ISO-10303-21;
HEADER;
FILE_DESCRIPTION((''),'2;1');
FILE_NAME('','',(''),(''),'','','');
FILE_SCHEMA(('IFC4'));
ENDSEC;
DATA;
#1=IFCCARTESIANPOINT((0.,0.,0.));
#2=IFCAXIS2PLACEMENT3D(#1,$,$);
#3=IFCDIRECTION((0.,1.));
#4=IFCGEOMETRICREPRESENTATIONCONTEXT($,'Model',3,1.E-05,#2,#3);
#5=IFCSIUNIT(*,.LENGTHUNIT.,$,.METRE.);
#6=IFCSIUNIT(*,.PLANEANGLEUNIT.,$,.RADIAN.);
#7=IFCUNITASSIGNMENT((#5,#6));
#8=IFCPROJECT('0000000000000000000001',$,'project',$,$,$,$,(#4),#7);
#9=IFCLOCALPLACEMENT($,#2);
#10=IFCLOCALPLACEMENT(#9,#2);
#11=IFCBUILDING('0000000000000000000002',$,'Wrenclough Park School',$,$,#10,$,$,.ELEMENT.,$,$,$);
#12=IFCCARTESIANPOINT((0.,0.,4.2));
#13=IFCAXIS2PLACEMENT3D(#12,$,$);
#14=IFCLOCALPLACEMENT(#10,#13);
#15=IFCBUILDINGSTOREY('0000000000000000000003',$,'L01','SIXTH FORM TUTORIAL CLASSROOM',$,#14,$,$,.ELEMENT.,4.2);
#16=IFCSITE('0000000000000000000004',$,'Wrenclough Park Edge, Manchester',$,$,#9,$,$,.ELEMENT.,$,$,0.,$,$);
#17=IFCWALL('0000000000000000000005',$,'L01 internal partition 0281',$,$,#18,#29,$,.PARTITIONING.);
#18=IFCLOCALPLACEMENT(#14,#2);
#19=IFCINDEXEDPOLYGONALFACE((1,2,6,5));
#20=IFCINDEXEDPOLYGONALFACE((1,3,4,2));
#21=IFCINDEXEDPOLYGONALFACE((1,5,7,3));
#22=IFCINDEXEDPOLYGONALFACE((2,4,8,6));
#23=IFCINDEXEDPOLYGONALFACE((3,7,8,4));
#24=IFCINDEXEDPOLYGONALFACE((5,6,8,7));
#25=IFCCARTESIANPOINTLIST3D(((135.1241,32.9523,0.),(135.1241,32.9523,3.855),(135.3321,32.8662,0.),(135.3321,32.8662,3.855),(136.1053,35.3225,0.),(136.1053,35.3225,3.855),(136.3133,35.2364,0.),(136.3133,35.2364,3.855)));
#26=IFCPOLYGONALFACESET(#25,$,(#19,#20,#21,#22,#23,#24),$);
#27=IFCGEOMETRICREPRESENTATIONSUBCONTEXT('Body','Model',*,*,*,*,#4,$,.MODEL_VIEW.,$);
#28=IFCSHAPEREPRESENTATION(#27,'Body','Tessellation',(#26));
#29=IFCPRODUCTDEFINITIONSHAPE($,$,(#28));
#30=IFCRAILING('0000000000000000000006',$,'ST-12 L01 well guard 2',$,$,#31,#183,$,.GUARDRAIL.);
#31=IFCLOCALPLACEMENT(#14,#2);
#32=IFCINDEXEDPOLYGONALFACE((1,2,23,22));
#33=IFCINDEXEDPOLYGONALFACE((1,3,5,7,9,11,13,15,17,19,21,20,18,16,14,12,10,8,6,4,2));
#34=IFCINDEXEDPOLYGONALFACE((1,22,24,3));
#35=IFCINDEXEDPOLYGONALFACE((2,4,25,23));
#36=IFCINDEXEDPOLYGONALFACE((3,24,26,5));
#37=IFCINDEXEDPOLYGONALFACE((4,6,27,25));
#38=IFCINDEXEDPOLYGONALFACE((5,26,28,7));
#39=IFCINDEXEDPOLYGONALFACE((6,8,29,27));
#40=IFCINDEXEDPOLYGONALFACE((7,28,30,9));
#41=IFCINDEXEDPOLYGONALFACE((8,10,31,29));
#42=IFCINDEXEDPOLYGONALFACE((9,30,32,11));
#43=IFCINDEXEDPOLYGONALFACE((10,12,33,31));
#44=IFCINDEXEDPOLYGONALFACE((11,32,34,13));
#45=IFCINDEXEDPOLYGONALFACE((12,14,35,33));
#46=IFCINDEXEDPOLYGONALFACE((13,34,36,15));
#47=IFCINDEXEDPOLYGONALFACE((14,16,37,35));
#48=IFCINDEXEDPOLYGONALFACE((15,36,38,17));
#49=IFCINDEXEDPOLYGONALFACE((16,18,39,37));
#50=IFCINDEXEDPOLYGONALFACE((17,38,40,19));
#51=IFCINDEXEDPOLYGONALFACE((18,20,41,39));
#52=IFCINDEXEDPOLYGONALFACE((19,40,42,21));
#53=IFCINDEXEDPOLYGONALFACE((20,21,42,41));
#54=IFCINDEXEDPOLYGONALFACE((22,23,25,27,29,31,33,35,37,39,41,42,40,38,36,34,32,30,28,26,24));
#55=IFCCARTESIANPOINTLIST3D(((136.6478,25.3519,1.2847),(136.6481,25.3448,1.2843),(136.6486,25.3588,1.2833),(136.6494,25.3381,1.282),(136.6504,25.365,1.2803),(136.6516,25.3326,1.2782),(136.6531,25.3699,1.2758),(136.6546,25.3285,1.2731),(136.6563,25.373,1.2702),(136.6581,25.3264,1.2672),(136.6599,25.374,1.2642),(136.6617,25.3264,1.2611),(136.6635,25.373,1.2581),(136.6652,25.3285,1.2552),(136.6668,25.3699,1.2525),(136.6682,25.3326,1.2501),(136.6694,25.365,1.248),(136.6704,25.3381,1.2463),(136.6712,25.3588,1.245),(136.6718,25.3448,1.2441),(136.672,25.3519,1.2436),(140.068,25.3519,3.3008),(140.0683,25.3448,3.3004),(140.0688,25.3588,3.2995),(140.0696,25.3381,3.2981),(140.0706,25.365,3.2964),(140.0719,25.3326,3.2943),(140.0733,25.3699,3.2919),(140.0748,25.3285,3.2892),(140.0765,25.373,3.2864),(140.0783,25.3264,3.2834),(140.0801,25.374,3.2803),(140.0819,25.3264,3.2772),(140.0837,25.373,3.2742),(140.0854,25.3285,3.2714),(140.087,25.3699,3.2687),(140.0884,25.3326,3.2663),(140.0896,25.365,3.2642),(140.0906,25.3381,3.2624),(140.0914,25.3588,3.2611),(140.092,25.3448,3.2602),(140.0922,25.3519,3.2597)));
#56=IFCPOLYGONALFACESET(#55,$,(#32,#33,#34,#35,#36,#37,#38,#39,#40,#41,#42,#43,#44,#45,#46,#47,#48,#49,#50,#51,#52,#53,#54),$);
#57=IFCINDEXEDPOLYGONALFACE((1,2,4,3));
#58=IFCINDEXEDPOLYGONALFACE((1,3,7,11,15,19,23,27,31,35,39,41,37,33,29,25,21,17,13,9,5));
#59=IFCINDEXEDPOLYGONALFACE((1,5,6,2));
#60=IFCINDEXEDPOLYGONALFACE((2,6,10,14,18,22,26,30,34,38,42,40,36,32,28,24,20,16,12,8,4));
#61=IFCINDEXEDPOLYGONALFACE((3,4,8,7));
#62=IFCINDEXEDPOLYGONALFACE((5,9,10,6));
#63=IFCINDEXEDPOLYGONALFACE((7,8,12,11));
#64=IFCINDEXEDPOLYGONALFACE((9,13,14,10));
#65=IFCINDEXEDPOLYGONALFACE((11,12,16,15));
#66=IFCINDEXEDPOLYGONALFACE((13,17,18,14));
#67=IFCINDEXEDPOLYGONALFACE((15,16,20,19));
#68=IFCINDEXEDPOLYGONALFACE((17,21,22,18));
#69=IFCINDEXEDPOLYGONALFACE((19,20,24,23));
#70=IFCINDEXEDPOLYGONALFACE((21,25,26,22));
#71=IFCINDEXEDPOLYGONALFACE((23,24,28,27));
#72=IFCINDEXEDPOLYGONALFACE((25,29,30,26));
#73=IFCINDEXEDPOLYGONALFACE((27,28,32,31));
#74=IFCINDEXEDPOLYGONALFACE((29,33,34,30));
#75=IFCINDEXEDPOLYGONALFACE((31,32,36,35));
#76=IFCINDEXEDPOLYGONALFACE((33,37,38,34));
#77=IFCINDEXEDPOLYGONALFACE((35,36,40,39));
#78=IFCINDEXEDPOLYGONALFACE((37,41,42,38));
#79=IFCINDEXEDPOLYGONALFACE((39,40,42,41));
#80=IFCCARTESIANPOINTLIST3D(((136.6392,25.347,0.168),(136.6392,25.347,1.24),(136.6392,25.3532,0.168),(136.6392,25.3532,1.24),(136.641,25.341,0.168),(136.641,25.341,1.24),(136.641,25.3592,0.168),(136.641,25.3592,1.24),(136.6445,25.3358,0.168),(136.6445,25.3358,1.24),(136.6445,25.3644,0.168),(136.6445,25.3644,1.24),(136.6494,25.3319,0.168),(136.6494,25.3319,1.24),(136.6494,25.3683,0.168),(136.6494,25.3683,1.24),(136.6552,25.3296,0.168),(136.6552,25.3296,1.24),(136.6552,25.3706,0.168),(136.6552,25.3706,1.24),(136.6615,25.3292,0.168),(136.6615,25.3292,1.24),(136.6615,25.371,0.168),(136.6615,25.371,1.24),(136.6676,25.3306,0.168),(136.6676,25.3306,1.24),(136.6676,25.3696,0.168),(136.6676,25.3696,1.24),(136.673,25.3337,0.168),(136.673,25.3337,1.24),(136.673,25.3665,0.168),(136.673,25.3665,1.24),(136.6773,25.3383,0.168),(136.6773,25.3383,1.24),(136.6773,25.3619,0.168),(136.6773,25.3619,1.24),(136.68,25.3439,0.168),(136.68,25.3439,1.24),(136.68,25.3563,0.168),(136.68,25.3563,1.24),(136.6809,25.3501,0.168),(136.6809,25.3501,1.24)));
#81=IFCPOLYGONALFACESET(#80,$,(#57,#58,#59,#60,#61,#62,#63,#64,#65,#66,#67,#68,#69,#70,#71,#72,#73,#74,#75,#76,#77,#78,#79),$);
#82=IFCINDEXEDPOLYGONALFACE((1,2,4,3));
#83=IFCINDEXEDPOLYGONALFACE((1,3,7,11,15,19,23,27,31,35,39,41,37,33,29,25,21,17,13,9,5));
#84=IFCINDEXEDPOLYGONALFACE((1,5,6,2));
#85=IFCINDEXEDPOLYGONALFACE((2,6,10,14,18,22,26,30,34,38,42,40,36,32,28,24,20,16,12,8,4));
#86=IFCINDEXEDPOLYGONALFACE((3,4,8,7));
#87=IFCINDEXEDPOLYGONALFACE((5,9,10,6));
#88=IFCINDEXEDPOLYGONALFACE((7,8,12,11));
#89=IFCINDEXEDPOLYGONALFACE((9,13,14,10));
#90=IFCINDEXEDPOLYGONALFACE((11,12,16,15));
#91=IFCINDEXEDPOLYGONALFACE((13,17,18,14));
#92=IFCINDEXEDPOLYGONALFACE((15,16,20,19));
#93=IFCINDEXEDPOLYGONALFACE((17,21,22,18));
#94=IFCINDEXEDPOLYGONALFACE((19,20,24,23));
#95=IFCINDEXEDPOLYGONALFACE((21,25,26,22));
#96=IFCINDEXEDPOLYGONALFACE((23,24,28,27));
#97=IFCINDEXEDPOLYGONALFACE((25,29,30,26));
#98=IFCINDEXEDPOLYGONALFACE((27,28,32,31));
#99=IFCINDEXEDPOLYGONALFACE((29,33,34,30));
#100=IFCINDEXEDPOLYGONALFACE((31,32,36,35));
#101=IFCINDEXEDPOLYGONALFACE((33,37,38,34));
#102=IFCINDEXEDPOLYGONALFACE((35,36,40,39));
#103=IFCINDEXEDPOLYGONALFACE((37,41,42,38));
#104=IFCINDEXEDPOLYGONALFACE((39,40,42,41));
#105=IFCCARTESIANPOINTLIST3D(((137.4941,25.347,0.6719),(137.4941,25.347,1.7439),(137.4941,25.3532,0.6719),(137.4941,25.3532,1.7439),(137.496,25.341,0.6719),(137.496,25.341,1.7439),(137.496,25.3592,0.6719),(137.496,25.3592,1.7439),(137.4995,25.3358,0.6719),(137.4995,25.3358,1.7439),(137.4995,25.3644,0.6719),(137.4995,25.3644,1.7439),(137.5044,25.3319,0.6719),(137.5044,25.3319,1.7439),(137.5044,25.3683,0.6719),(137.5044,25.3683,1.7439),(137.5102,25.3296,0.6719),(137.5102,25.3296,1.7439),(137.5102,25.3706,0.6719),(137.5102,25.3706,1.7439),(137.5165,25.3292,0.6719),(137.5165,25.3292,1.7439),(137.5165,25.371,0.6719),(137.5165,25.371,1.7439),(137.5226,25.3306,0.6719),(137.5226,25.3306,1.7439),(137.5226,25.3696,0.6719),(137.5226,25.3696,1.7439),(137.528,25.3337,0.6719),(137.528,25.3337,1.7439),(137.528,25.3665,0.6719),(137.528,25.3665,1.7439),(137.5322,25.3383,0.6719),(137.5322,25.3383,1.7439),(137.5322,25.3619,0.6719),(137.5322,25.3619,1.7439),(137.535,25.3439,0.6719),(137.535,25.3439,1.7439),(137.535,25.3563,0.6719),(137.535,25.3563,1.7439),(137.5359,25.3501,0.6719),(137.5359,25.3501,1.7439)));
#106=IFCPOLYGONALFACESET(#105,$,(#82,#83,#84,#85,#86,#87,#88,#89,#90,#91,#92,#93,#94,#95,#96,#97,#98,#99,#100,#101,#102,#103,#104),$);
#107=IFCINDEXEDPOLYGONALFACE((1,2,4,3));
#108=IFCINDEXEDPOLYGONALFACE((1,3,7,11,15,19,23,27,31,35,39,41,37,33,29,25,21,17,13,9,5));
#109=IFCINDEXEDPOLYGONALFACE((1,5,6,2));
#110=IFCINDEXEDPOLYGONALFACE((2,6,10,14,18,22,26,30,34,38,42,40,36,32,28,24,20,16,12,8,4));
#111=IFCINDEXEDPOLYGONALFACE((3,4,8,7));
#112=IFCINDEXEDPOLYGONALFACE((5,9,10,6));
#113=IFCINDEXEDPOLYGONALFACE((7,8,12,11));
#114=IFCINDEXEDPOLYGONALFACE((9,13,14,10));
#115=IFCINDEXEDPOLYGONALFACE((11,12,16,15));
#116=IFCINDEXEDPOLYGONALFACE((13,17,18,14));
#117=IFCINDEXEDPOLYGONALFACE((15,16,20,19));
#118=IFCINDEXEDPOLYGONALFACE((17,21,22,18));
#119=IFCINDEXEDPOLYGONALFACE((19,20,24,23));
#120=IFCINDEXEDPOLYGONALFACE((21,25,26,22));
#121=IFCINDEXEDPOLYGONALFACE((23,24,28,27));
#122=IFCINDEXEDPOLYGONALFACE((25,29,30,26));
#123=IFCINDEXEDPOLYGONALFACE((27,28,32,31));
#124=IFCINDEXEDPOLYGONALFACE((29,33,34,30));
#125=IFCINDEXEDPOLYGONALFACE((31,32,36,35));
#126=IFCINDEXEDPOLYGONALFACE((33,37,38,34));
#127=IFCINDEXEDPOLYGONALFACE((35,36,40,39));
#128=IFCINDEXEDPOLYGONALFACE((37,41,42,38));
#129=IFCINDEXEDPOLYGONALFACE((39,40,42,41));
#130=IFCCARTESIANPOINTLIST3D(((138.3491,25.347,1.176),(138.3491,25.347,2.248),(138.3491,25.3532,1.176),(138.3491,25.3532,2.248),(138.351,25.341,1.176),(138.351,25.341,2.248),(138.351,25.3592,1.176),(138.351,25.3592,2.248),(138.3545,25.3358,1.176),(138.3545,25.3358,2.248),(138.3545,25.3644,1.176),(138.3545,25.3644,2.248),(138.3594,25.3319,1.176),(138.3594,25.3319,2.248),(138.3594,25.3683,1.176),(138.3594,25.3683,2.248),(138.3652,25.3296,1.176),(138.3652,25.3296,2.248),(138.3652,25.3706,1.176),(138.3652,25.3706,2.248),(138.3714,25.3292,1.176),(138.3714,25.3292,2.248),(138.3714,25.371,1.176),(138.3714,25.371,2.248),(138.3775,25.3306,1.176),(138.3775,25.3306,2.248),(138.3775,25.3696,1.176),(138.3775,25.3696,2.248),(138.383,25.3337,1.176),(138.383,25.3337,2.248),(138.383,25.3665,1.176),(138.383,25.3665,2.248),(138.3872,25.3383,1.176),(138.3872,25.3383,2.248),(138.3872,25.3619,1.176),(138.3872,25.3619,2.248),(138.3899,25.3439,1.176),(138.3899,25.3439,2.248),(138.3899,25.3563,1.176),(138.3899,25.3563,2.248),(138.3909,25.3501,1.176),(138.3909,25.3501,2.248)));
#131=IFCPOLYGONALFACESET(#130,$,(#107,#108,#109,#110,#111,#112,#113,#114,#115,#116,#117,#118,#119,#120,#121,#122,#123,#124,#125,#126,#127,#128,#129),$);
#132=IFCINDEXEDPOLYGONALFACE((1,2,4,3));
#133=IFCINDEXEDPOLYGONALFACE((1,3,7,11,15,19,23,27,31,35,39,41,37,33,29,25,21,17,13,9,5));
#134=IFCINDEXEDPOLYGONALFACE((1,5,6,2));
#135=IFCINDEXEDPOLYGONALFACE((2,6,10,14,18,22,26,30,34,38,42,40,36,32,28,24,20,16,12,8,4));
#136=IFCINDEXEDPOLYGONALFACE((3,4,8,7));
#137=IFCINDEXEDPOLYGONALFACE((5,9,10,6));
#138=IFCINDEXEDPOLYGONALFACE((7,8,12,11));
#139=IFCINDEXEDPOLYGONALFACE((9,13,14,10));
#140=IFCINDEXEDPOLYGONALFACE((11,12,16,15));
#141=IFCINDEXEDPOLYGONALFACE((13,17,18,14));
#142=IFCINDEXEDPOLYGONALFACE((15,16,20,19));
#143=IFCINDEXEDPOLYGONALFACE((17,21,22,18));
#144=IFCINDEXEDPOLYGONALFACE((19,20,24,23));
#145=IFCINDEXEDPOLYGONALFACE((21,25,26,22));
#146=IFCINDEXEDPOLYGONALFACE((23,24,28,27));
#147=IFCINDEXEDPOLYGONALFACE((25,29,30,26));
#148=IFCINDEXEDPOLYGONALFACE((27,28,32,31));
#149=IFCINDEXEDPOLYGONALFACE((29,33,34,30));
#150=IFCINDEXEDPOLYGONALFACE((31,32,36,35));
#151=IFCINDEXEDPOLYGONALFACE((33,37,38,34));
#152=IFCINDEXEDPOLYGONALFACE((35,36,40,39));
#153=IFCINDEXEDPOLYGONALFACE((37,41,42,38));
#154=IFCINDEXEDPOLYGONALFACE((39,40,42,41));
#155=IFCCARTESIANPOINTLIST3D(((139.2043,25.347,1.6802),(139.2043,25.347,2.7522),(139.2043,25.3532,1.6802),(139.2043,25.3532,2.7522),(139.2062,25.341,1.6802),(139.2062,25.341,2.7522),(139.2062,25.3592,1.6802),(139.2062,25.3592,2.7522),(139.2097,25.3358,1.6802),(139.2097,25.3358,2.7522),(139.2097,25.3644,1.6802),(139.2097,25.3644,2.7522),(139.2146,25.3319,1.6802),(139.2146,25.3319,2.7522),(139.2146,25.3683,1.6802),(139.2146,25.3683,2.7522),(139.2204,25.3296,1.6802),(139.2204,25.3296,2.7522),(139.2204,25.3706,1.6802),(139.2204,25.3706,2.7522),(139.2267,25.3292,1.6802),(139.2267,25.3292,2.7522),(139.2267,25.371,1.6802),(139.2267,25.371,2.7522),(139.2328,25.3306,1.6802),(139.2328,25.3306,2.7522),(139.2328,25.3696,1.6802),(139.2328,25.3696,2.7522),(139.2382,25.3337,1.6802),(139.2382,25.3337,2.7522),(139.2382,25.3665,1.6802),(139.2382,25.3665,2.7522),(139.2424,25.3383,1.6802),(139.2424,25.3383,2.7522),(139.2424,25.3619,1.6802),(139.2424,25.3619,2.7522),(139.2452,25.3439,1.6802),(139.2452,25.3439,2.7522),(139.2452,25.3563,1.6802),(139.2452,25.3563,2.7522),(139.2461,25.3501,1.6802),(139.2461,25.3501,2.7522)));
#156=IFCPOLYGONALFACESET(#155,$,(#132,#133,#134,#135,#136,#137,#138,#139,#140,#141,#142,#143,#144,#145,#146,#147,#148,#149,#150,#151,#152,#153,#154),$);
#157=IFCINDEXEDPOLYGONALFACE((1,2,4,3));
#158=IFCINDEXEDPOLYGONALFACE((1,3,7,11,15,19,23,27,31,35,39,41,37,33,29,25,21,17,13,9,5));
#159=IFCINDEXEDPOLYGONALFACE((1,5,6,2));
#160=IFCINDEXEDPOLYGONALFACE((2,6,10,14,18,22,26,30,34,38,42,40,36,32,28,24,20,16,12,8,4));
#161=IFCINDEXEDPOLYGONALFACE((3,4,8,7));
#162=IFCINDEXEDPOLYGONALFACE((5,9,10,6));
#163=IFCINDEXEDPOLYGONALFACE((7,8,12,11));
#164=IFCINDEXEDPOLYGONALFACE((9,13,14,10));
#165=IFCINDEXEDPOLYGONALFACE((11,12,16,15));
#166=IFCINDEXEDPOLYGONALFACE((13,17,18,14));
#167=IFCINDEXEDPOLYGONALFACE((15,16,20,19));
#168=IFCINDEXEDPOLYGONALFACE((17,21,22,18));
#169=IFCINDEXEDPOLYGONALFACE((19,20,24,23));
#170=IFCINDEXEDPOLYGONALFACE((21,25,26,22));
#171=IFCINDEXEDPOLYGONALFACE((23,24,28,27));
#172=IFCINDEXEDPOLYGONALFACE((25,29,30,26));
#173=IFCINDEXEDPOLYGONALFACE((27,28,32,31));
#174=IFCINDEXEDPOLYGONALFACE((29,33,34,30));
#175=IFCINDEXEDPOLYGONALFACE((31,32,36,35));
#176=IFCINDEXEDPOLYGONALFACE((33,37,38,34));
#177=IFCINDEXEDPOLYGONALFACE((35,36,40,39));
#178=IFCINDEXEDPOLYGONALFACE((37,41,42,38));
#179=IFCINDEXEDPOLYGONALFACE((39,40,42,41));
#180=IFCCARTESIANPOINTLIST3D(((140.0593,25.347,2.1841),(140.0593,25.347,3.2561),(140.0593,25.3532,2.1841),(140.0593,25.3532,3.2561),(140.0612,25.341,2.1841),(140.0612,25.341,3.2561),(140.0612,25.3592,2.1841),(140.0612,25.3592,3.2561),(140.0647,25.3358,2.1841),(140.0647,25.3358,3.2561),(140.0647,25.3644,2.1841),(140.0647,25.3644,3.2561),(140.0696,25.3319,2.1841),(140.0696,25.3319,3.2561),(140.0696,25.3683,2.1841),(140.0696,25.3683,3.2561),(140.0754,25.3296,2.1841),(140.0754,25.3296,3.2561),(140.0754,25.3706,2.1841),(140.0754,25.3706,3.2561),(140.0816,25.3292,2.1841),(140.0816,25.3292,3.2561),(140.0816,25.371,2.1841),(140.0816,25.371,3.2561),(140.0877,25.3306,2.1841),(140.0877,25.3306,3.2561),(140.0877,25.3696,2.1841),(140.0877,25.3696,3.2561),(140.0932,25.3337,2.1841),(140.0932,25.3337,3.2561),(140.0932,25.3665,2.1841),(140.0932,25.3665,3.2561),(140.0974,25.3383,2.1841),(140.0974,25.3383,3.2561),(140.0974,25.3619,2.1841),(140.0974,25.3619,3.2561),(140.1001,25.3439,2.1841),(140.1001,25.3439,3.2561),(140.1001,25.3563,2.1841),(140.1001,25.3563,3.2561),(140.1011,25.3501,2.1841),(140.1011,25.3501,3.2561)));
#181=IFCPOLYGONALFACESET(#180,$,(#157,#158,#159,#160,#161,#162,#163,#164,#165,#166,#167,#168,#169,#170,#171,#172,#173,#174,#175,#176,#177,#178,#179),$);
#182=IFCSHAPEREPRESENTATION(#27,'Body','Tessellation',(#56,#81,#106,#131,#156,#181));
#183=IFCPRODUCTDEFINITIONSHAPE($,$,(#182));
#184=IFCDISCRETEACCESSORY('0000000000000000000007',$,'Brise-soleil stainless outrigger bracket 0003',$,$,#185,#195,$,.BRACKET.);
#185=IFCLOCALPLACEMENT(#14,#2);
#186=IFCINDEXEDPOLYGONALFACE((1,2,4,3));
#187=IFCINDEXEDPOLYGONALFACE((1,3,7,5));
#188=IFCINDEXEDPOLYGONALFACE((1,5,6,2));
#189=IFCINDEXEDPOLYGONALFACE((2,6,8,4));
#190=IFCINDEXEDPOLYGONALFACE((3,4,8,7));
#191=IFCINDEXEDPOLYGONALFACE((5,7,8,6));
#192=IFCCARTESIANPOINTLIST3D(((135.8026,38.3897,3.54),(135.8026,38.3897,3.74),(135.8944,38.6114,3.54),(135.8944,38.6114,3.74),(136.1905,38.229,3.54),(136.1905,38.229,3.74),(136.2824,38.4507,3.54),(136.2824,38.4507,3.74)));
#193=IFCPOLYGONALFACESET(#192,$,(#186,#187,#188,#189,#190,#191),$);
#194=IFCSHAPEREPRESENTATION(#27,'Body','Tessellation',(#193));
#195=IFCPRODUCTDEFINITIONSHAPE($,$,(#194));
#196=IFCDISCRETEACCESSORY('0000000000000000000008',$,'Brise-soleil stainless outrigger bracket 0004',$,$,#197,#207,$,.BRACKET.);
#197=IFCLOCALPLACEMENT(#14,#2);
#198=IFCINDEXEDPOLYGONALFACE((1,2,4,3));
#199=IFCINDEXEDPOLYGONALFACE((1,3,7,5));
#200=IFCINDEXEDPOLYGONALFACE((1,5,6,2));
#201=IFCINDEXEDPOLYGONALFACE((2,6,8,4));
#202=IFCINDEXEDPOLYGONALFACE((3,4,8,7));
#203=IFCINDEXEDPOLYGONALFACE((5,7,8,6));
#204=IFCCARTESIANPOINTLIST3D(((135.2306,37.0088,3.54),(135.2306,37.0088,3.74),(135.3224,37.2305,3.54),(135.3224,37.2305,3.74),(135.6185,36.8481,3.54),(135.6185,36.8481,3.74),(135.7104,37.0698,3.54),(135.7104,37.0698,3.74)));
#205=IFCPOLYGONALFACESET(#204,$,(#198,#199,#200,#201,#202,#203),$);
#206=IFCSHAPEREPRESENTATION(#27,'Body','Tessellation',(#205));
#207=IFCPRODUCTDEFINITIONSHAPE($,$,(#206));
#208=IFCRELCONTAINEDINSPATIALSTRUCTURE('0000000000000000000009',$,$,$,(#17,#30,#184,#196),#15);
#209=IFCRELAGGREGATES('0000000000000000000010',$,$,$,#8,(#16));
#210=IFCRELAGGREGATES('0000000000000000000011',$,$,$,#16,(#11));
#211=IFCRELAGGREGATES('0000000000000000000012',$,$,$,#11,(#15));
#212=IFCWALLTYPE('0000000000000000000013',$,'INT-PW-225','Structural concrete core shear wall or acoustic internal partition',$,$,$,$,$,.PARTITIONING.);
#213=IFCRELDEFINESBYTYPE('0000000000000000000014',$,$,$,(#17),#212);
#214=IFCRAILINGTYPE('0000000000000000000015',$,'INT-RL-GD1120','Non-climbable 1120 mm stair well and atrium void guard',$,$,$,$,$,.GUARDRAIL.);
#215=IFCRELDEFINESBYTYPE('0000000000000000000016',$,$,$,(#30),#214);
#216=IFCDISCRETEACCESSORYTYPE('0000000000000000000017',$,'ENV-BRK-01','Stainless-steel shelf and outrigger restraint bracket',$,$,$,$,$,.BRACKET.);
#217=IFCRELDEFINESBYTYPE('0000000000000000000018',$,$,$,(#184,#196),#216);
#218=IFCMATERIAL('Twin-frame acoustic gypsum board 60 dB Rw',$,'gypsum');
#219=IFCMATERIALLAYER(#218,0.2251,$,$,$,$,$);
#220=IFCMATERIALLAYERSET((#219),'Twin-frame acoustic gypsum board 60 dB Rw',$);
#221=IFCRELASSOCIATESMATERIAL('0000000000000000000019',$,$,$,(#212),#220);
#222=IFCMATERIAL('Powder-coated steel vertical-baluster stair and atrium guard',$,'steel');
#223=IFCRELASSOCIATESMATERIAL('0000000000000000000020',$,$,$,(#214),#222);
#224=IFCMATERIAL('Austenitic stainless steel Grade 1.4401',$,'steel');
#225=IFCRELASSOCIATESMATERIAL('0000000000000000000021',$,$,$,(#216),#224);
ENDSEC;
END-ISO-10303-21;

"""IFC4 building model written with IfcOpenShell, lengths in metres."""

from ifc_helpers import new_model, si_unit, direction, frame, frame_2d, origin, origin_2d, place, context, subcontext, project, spatial, rectangle, circle, extrude, material, layer, layer_set, type_object, element, save


model = new_model("IFC4")

# Units and contexts
model_context = context("Model", 3, precision=1e-05, world=origin(), true_north=direction((0.0, 1.0)))
body_context = subcontext(model_context, "Body", "Model", "MODEL_VIEW")
ifc_project = project(units=[si_unit("LENGTHUNIT", "METRE"), si_unit("PLANEANGLEUNIT", "RADIAN")], contexts=[model_context])

# Site, building, storey
site_placement = place(None, origin())
site = spatial("IfcSite", under=ifc_project, at=site_placement, Name="Wrenclough Park Edge, Manchester", CompositionType="ELEMENT", RefElevation=0.0)
building_placement = place(site_placement, origin())
building = spatial("IfcBuilding", under=site, at=building_placement, Name="Wrenclough Park School", CompositionType="ELEMENT")
storey_placement = place(building_placement, frame((0.0, 0.0, 4.2)))
storey = spatial("IfcBuildingStorey", under=building, at=storey_placement, Name="L01", Description="SIXTH FORM TUTORIAL CLASSROOM", CompositionType="ELEMENT", Elevation=4.2)

# Wall
ifc_material_1 = material(Name="Twin-frame acoustic gypsum board 60 dB Rw", Category="gypsum")
ifc_layer_1 = layer(ifc_material_1, 0.2251)
ifc_layer_set_1 = layer_set([ifc_layer_1], Name="Twin-frame acoustic gypsum board 60 dB Rw")
wall_type_1 = type_object("IfcWallType", Name="INT-PW-225", Description="Structural concrete core shear wall or acoustic internal partition", PredefinedType="PARTITIONING", material=ifc_layer_set_1)
wall_1_placement = place(storey_placement, frame((135.228, 32.9092, 0.0), z_axis=(0.0, 0.0, 1.0), x_axis=(0.382506, 0.923953, 0.0)))
element("IfcWall", 1, at=wall_1_placement, inside=storey, type_object=wall_type_1, Name="L01 internal partition 0281", PredefinedType="PARTITIONING", context=body_context, shape_type="SweptSolid", body=[
    extrude(rectangle(XDim=2.5652, YDim=0.2251, at=frame_2d((1.2827, 0.0))), origin(), (0.0, 0.0, 1.0), 3.855),
])

# Railing
ifc_material_2 = material(Name="Powder-coated steel vertical-baluster stair and atrium guard", Category="steel")
railing_type = type_object("IfcRailingType", Name="INT-RL-GD1120", Description="Non-climbable 1120 mm stair well and atrium void guard", PredefinedType="GUARDRAIL", material=ifc_material_2)
railing_placement = place(storey_placement, frame((136.6599, 25.3501, 0.168)))
element("IfcRailing", 2, at=railing_placement, inside=storey, type_object=railing_type, Name="ST-12 L01 well guard 2", PredefinedType="GUARDRAIL", context=body_context, shape_type="SweptSolid", body=[
    extrude(circle(Radius=0.0239, at=origin_2d()), frame((0.0, 0.0, 1.0962), z_axis=(0.861466, 0.0, 0.507815), x_axis=(0.0, 1.0, 0.0)), (0.0, 0.0, 1.0), 3.9702),
    extrude(circle(Radius=0.021, at=origin_2d()), origin(), (0.0, 0.0, 1.0), 1.072),
    extrude(circle(Radius=0.021, at=origin_2d()), frame((0.855, 0.0, 0.5039)), (0.0, 0.0, 1.0), 1.072),
    extrude(circle(Radius=0.021, at=origin_2d()), frame((1.71, 0.0, 1.0081)), (0.0, 0.0, 1.0), 1.072),
    extrude(circle(Radius=0.021, at=origin_2d()), frame((2.5652, 0.0, 1.5122)), (0.0, 0.0, 1.0), 1.072),
    extrude(circle(Radius=0.021, at=origin_2d()), frame((3.4202, 0.0, 2.0161)), (0.0, 0.0, 1.0), 1.072),
])

# Discrete accessories
ifc_material_3 = material(Name="Austenitic stainless steel Grade 1.4401", Category="steel")
discrete_accessory_type = type_object("IfcDiscreteAccessoryType", Name="ENV-BRK-01", Description="Stainless-steel shelf and outrigger restraint bracket", PredefinedType="BRACKET", material=ifc_material_3)
for number, where, z_axis, x_axis, name in (
    (3, (136.0425, 38.4202, 3.54), (0.0, 0.0, 1.0), (-0.382679, -0.923881, 0.0), "Brise-soleil stainless outrigger bracket 0003"),
    (4, (135.4705, 37.0393, 3.54), (0.0, 0.0, 1.0), (-0.382679, -0.923881, 0.0), "Brise-soleil stainless outrigger bracket 0004"),
):
    element("IfcDiscreteAccessory", number, at=place(storey_placement, frame(where, z_axis=z_axis, x_axis=x_axis)), inside=storey, type_object=discrete_accessory_type, Name=name, PredefinedType="BRACKET", context=body_context, shape_type="SweptSolid", body=[
        extrude(rectangle(XDim=0.24, YDim=0.4199, at=origin_2d()), origin(), (0.0, 0.0, 1.0), 0.2),
    ])

save(model, "model.ifc")
